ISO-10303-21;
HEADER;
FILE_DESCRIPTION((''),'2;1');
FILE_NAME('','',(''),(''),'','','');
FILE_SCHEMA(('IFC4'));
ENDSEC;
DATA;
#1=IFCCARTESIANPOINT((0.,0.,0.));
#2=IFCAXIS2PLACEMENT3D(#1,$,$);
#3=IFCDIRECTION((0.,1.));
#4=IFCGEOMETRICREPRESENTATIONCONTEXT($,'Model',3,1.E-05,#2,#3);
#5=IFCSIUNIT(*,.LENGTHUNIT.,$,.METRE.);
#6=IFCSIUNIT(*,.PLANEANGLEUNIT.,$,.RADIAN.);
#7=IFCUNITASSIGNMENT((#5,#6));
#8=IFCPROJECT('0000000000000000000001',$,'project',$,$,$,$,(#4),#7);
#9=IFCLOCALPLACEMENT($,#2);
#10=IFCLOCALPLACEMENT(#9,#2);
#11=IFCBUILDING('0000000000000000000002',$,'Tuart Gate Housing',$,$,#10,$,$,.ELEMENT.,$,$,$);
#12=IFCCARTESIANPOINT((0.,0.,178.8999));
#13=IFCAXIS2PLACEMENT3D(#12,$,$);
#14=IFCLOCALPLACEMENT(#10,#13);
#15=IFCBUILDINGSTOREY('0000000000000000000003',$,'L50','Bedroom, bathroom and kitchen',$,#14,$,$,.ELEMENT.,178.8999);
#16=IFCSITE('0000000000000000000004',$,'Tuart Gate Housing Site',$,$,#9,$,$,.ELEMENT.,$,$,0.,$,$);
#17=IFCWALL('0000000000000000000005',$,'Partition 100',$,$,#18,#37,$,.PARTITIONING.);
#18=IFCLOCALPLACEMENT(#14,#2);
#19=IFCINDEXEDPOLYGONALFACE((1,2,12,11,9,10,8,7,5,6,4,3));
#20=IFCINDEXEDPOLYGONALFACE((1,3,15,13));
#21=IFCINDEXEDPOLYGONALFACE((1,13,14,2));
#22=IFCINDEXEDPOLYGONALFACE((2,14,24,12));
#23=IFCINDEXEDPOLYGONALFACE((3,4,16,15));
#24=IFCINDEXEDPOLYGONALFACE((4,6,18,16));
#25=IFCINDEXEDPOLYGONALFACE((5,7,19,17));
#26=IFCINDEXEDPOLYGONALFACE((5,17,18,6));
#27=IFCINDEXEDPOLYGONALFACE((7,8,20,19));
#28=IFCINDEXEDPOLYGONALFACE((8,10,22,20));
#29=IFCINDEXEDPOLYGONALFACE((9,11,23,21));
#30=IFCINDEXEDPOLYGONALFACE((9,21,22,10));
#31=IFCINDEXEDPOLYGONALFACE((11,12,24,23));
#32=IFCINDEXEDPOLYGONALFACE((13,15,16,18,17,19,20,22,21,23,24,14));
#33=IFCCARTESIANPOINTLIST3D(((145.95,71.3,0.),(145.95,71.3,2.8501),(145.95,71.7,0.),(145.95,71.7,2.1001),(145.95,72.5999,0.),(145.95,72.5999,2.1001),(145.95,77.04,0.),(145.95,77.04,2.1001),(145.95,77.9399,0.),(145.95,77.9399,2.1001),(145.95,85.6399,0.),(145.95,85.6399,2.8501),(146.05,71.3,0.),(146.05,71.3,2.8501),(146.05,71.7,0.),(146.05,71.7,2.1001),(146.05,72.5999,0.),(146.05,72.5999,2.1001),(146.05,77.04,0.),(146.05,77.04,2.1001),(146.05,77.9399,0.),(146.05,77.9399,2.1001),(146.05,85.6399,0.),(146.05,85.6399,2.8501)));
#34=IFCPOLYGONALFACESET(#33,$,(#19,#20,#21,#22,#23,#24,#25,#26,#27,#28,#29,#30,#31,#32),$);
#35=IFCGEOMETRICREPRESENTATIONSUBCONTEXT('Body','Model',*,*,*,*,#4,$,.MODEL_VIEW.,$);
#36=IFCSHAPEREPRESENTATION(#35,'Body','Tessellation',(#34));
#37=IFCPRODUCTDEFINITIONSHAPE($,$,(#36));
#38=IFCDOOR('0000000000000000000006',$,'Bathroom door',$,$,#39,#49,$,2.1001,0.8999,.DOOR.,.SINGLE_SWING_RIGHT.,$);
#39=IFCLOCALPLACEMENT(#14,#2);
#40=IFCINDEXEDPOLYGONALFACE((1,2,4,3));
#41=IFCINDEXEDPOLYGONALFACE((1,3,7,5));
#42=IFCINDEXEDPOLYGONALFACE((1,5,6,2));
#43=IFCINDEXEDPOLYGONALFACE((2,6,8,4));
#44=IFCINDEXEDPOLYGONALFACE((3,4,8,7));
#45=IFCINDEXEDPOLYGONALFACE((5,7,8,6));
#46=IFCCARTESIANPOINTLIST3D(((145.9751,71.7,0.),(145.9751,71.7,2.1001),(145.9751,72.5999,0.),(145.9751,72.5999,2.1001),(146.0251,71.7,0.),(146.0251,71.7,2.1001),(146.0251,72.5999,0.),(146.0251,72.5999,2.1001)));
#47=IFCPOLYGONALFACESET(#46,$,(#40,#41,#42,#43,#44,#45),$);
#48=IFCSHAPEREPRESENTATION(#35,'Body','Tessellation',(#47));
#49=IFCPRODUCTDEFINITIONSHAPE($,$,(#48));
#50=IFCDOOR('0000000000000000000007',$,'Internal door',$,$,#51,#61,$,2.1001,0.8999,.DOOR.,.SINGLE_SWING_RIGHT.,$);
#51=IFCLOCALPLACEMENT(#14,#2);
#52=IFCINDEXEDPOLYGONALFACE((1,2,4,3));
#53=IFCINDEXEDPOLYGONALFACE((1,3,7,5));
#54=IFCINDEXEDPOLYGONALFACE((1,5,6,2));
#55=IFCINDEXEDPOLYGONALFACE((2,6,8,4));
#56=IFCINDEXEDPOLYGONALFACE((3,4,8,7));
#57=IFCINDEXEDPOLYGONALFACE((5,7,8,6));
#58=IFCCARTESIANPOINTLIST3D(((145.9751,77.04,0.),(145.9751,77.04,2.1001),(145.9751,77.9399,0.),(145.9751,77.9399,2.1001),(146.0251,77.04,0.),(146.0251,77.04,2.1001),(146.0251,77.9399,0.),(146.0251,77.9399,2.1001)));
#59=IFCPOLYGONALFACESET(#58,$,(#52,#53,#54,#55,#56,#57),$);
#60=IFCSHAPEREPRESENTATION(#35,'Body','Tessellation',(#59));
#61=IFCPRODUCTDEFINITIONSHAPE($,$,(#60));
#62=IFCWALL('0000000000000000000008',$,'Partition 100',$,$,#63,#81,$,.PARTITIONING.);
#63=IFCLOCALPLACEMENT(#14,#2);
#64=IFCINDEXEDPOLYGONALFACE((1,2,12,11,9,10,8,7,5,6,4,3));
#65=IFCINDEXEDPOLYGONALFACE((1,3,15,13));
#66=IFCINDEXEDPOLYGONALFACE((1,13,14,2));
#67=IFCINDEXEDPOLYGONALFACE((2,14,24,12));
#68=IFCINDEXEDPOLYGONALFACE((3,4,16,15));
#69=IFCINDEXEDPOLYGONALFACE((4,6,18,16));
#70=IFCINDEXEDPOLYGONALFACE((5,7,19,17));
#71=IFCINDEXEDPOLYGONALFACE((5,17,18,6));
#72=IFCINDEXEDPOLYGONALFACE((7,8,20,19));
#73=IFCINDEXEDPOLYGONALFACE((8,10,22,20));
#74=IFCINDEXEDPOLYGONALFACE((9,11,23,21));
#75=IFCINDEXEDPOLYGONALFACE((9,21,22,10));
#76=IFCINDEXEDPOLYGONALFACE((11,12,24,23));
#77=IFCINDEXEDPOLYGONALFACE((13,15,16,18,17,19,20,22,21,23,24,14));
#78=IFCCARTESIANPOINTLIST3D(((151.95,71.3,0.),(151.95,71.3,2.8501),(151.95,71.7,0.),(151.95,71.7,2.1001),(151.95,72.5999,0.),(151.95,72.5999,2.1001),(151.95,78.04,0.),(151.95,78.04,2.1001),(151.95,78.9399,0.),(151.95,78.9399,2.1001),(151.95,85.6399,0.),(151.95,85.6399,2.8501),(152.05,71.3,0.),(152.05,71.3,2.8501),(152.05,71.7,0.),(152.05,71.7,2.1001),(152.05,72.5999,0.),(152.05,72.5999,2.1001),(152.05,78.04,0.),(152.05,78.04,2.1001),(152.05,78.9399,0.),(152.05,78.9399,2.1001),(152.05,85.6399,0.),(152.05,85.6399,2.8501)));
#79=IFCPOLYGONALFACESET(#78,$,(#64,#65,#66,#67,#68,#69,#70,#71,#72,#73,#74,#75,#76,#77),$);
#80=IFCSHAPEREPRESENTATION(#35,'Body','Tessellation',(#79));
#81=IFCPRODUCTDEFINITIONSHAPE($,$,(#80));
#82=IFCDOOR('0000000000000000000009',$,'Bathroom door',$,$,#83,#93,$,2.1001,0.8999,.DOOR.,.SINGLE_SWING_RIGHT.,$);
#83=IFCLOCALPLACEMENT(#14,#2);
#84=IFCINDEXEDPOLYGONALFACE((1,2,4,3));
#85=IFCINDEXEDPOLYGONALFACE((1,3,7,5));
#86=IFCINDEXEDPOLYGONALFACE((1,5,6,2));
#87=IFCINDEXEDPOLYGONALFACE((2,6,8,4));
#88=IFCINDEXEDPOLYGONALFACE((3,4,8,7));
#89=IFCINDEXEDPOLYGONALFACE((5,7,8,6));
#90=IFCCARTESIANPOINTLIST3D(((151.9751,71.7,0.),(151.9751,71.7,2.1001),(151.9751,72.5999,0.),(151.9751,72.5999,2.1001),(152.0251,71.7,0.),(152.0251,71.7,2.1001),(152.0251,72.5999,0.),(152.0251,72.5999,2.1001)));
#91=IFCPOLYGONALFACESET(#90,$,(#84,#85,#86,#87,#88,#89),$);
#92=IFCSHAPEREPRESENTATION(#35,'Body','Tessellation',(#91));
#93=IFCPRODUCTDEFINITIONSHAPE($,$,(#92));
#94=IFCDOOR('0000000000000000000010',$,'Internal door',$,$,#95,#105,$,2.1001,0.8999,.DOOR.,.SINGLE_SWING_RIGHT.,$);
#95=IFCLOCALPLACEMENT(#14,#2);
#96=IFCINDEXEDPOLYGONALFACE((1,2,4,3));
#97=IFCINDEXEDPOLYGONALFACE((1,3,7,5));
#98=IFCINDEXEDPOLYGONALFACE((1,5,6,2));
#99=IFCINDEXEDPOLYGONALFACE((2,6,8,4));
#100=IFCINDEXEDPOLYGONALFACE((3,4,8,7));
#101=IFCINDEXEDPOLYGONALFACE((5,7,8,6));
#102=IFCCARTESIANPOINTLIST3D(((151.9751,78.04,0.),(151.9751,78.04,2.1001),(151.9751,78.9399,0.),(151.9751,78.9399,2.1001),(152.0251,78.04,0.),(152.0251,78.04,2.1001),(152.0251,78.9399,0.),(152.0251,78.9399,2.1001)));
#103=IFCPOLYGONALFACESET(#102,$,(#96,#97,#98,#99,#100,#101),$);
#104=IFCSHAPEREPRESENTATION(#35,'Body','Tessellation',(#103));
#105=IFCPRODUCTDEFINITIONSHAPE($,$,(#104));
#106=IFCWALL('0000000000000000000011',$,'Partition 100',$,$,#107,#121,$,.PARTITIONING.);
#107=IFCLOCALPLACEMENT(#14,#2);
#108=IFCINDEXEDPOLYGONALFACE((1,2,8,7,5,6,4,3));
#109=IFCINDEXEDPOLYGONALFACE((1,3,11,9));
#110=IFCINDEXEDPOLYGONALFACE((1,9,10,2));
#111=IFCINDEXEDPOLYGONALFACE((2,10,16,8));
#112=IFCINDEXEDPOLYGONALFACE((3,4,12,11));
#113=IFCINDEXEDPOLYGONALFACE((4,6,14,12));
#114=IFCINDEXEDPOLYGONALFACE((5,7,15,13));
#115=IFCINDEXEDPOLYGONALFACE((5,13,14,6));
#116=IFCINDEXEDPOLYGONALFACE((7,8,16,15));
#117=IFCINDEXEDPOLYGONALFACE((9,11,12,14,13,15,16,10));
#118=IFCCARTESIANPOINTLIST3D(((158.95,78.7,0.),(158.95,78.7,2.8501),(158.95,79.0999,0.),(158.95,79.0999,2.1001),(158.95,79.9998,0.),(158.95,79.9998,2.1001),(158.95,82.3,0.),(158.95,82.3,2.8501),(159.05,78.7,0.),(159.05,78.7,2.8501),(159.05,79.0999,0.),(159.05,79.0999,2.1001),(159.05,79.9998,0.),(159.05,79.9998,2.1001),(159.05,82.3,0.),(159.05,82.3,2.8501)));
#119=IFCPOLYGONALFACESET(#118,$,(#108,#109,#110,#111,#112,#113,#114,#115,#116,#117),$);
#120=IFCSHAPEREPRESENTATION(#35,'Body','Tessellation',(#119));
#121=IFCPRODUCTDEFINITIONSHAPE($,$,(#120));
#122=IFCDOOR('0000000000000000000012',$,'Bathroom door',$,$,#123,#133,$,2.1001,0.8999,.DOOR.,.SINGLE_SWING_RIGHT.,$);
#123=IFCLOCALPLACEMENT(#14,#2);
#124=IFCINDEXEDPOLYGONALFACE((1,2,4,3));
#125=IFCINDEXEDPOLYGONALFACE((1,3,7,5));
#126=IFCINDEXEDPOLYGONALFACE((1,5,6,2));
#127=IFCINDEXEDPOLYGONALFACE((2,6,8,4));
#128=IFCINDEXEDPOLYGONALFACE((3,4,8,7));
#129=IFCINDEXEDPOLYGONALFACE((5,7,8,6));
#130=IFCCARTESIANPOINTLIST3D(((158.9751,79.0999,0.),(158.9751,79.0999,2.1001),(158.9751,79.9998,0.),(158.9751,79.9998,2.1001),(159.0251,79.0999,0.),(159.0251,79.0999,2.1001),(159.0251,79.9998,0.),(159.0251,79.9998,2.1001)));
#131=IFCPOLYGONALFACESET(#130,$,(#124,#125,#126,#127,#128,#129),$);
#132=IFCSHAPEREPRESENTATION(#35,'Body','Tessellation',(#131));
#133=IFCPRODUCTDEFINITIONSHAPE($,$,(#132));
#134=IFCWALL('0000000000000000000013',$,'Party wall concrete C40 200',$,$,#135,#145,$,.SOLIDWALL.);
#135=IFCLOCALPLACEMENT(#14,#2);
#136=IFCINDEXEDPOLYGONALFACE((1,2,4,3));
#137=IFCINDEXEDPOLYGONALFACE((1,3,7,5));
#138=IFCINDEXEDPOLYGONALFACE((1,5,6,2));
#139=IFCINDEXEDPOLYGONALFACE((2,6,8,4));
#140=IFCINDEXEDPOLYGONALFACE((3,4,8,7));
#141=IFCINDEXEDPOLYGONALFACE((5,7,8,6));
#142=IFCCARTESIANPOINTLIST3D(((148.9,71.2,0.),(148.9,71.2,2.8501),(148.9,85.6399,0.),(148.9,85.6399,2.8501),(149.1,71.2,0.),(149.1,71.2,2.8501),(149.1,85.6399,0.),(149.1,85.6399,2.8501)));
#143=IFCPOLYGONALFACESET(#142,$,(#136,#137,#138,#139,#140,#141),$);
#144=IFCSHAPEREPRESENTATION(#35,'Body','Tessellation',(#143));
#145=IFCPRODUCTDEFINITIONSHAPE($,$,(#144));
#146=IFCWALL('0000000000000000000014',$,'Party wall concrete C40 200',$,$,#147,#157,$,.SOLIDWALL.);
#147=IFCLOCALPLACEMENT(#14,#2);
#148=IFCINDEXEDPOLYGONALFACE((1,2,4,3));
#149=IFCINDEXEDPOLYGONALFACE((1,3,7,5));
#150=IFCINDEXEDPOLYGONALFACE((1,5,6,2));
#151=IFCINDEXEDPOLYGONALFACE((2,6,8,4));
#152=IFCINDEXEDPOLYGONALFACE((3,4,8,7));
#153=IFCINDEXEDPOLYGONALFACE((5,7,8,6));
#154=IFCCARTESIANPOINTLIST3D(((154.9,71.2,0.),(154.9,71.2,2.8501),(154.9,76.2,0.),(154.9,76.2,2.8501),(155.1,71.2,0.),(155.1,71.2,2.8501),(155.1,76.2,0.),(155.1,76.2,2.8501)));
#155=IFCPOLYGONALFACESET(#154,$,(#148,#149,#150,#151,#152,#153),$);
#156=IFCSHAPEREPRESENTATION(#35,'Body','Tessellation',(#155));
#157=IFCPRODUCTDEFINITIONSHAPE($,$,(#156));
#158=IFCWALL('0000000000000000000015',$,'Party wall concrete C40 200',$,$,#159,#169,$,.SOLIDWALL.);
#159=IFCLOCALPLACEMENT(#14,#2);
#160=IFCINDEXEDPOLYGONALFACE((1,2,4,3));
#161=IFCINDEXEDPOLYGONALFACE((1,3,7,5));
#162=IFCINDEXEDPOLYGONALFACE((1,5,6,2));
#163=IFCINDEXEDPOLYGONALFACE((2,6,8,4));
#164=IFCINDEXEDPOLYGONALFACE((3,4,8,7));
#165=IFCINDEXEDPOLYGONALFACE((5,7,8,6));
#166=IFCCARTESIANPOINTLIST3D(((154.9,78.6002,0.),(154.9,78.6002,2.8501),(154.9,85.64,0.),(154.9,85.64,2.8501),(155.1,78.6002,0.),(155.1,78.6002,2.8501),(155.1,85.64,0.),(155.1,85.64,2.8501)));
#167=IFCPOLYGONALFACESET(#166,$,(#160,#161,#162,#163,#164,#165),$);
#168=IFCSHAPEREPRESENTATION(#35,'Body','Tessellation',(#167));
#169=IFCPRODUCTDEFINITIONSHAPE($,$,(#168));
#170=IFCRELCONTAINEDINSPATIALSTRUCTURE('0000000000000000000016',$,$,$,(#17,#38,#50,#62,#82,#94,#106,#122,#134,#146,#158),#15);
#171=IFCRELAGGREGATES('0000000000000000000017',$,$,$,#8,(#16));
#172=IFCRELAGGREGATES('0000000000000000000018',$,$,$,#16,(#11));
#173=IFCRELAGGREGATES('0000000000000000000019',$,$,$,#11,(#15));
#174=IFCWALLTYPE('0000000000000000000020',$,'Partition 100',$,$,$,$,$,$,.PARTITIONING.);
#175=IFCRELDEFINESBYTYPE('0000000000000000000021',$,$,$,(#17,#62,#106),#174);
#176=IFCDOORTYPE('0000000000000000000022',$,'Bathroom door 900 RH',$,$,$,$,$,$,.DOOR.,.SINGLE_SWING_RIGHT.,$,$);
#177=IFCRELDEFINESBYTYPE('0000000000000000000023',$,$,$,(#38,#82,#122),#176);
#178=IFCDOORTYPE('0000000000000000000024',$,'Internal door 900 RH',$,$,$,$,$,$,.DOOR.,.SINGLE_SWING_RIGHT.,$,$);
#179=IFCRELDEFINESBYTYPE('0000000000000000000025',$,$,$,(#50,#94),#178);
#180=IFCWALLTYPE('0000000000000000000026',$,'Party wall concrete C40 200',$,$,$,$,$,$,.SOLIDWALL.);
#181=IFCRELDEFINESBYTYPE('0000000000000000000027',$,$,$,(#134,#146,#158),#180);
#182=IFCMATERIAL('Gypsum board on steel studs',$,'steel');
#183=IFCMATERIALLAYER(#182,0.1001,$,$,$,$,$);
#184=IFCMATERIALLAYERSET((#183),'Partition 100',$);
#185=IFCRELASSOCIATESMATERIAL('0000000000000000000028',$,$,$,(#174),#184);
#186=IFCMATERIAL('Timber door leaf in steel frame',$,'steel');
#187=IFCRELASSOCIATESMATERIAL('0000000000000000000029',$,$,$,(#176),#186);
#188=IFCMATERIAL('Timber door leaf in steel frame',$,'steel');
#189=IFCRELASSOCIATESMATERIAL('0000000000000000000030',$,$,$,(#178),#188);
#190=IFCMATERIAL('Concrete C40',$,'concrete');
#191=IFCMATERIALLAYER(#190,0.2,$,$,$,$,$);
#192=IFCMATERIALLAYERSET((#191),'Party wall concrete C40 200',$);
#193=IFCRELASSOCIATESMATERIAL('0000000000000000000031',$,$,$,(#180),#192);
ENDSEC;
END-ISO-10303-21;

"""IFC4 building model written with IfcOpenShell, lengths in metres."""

from ifc_helpers import new_model, si_unit, direction, frame, frame_2d, origin, place, context, subcontext, project, spatial, rectangle, extrude, material, layer, layer_set, type_object, element, fill, save


model = new_model("IFC4")

# Units and contexts
model_context = context("Model", 3, precision=1e-05, world=origin(), true_north=direction((0.0, 1.0)))
body_context = subcontext(model_context, "Body", "Model", "MODEL_VIEW")
ifc_project = project(units=[si_unit("LENGTHUNIT", "METRE"), si_unit("PLANEANGLEUNIT", "RADIAN")], contexts=[model_context])

# Site, building, storey
site_placement = place(None, origin())
site = spatial("IfcSite", under=ifc_project, at=site_placement, Name="Tuart Gate Housing Site", CompositionType="ELEMENT", RefElevation=0.0)
building_placement = place(site_placement, origin())
building = spatial("IfcBuilding", under=site, at=building_placement, Name="Tuart Gate Housing", CompositionType="ELEMENT")
storey_placement = place(building_placement, frame((0.0, 0.0, 178.8999)))
storey = spatial("IfcBuildingStorey", under=building, at=storey_placement, Name="L50", Description="Bedroom, bathroom and kitchen", CompositionType="ELEMENT", Elevation=178.8999)

# Shared definitions
ifc_material_1 = material(Name="Gypsum board on steel studs", Category="steel")
ifc_layer_1 = layer(ifc_material_1, 0.1001)
ifc_layer_set_1 = layer_set([ifc_layer_1], Name="Partition 100")
wall_type_1 = type_object("IfcWallType", Name="Partition 100", PredefinedType="PARTITIONING", material=ifc_layer_set_1)

# Walls, openings, doors
wall_1_placement = place(storey_placement, frame((146.0, 71.3, 0.0), z_axis=(0.0, 0.0, 1.0), x_axis=(0.0, 1.0, 0.0)))
wall_1 = element("IfcWall", 1, at=wall_1_placement, inside=storey, type_object=wall_type_1, Name="Partition 100", PredefinedType="PARTITIONING", context=body_context, shape_type="SweptSolid", body=[
    extrude(rectangle(XDim=14.3398, YDim=0.1001, at=frame_2d((7.1699, 0.0))), origin(), (0.0, 0.0, 1.0), 2.8501),
])
opening_1_placement = place(wall_1_placement, frame((5.74, 0.0, 0.0)))
opening_1 = element("IfcOpeningElement", 2, at=opening_1_placement, cuts=wall_1, PredefinedType="OPENING", context=body_context, shape_type="SweptSolid", body=[
    extrude(rectangle(XDim=0.8999, YDim=2.1001, at=frame_2d((0.45, 1.05))), frame((0.0, 0.0601, 0.0), z_axis=(0.0, -1.0, 0.0), x_axis=(1.0, 0.0, 0.0)), (0.0, 0.0, 1.0), 0.1201),
])
opening_2_placement = place(wall_1_placement, frame((0.3999, 0.0, 0.0)))
opening_2 = element("IfcOpeningElement", 3, at=opening_2_placement, cuts=wall_1, PredefinedType="OPENING", context=body_context, shape_type="SweptSolid", body=[
    extrude(rectangle(XDim=0.8999, YDim=2.1001, at=frame_2d((0.45, 1.05))), frame((0.0, 0.0601, 0.0), z_axis=(0.0, -1.0, 0.0), x_axis=(1.0, 0.0, 0.0)), (0.0, 0.0, 1.0), 0.1201),
])
ifc_material_2 = material(Name="Timber door leaf in steel frame", Category="steel")
door_type_1 = type_object("IfcDoorType", Name="Bathroom door 900 RH", OperationType="SINGLE_SWING_RIGHT", PredefinedType="DOOR", material=ifc_material_2)
door_1_placement = place(opening_2_placement, frame((0.8999, 0.0, 0.0), z_axis=(0.0, 0.0, 1.0), x_axis=(-1.0, 0.0, 0.0)))
door_1 = element("IfcDoor", 4, at=door_1_placement, inside=storey, type_object=door_type_1, Name="Bathroom door", OperationType="SINGLE_SWING_RIGHT", OverallHeight=2.1001, OverallWidth=0.8999, PredefinedType="DOOR", context=body_context, shape_type="SweptSolid", body=[
    extrude(rectangle(XDim=0.8999, YDim=2.1001, at=frame_2d((0.45, 1.05))), frame((0.0, 0.0251, 0.0), z_axis=(0.0, -1.0, 0.0), x_axis=(1.0, 0.0, 0.0)), (0.0, 0.0, 1.0), 0.05),
])
fill(opening_2, door_1)
ifc_material_3 = material(Name="Timber door leaf in steel frame", Category="steel")
door_type_2 = type_object("IfcDoorType", Name="Internal door 900 RH", OperationType="SINGLE_SWING_RIGHT", PredefinedType="DOOR", material=ifc_material_3)
door_2_placement = place(opening_1_placement, frame((0.8999, 0.0, 0.0), z_axis=(0.0, 0.0, 1.0), x_axis=(-1.0, 0.0, 0.0)))
door_2 = element("IfcDoor", 5, at=door_2_placement, inside=storey, type_object=door_type_2, Name="Internal door", OperationType="SINGLE_SWING_RIGHT", OverallHeight=2.1001, OverallWidth=0.8999, PredefinedType="DOOR", context=body_context, shape_type="SweptSolid", body=[
    extrude(rectangle(XDim=0.8999, YDim=2.1001, at=frame_2d((0.45, 1.05))), frame((0.0, 0.0251, 0.0), z_axis=(0.0, -1.0, 0.0), x_axis=(1.0, 0.0, 0.0)), (0.0, 0.0, 1.0), 0.05),
])
fill(opening_1, door_2)
wall_2_placement = place(storey_placement, frame((152.0, 71.3, 0.0), z_axis=(0.0, 0.0, 1.0), x_axis=(0.0, 1.0, 0.0)))
wall_2 = element("IfcWall", 6, at=wall_2_placement, inside=storey, type_object=wall_type_1, Name="Partition 100", PredefinedType="PARTITIONING", context=body_context, shape_type="SweptSolid", body=[
    extrude(rectangle(XDim=14.3398, YDim=0.1001, at=frame_2d((7.1699, 0.0))), origin(), (0.0, 0.0, 1.0), 2.8501),
])
opening_3_placement = place(wall_2_placement, frame((6.74, 0.0, 0.0)))
opening_3 = element("IfcOpeningElement", 7, at=opening_3_placement, cuts=wall_2, PredefinedType="OPENING", context=body_context, shape_type="SweptSolid", body=[
    extrude(rectangle(XDim=0.8999, YDim=2.1001, at=frame_2d((0.45, 1.05))), frame((0.0, 0.0601, 0.0), z_axis=(0.0, -1.0, 0.0), x_axis=(1.0, 0.0, 0.0)), (0.0, 0.0, 1.0), 0.1201),
])
opening_4_placement = place(wall_2_placement, frame((0.3999, 0.0, 0.0)))
opening_4 = element("IfcOpeningElement", 8, at=opening_4_placement, cuts=wall_2, PredefinedType="OPENING", context=body_context, shape_type="SweptSolid", body=[
    extrude(rectangle(XDim=0.8999, YDim=2.1001, at=frame_2d((0.45, 1.05))), frame((0.0, 0.0601, 0.0), z_axis=(0.0, -1.0, 0.0), x_axis=(1.0, 0.0, 0.0)), (0.0, 0.0, 1.0), 0.1201),
])
door_3_placement = place(opening_4_placement, frame((0.8999, 0.0, 0.0), z_axis=(0.0, 0.0, 1.0), x_axis=(-1.0, 0.0, 0.0)))
door_3 = element("IfcDoor", 9, at=door_3_placement, inside=storey, type_object=door_type_1, Name="Bathroom door", OperationType="SINGLE_SWING_RIGHT", OverallHeight=2.1001, OverallWidth=0.8999, PredefinedType="DOOR", context=body_context, shape_type="SweptSolid", body=[
    extrude(rectangle(XDim=0.8999, YDim=2.1001, at=frame_2d((0.45, 1.05))), frame((0.0, 0.0251, 0.0), z_axis=(0.0, -1.0, 0.0), x_axis=(1.0, 0.0, 0.0)), (0.0, 0.0, 1.0), 0.05),
])
fill(opening_4, door_3)
door_4_placement = place(opening_3_placement, frame((0.8999, 0.0, 0.0), z_axis=(0.0, 0.0, 1.0), x_axis=(-1.0, 0.0, 0.0)))
door_4 = element("IfcDoor", 10, at=door_4_placement, inside=storey, type_object=door_type_2, Name="Internal door", OperationType="SINGLE_SWING_RIGHT", OverallHeight=2.1001, OverallWidth=0.8999, PredefinedType="DOOR", context=body_context, shape_type="SweptSolid", body=[
    extrude(rectangle(XDim=0.8999, YDim=2.1001, at=frame_2d((0.45, 1.05))), frame((0.0, 0.0251, 0.0), z_axis=(0.0, -1.0, 0.0), x_axis=(1.0, 0.0, 0.0)), (0.0, 0.0, 1.0), 0.05),
])
fill(opening_3, door_4)

# Wall, opening, door
wall_3_placement = place(storey_placement, frame((159.0, 78.7, 0.0), z_axis=(0.0, 0.0, 1.0), x_axis=(0.0, 1.0, 0.0)))
wall_3 = element("IfcWall", 11, at=wall_3_placement, inside=storey, type_object=wall_type_1, Name="Partition 100", PredefinedType="PARTITIONING", context=body_context, shape_type="SweptSolid", body=[
    extrude(rectangle(XDim=3.6001, YDim=0.1001, at=frame_2d((1.8, 0.0))), origin(), (0.0, 0.0, 1.0), 2.8501),
])
opening_5_placement = place(wall_3_placement, frame((0.3999, 0.0, 0.0)))
opening_5 = element("IfcOpeningElement", 12, at=opening_5_placement, cuts=wall_3, PredefinedType="OPENING", context=body_context, shape_type="SweptSolid", body=[
    extrude(rectangle(XDim=0.8999, YDim=2.1001, at=frame_2d((0.45, 1.05))), frame((0.0, 0.0601, 0.0), z_axis=(0.0, -1.0, 0.0), x_axis=(1.0, 0.0, 0.0)), (0.0, 0.0, 1.0), 0.1201),
])
door_5_placement = place(opening_5_placement, frame((0.8999, 0.0, 0.0), z_axis=(0.0, 0.0, 1.0), x_axis=(-1.0, 0.0, 0.0)))
door_5 = element("IfcDoor", 13, at=door_5_placement, inside=storey, type_object=door_type_1, Name="Bathroom door", OperationType="SINGLE_SWING_RIGHT", OverallHeight=2.1001, OverallWidth=0.8999, PredefinedType="DOOR", context=body_context, shape_type="SweptSolid", body=[
    extrude(rectangle(XDim=0.8999, YDim=2.1001, at=frame_2d((0.45, 1.05))), frame((0.0, 0.0251, 0.0), z_axis=(0.0, -1.0, 0.0), x_axis=(1.0, 0.0, 0.0)), (0.0, 0.0, 1.0), 0.05),
])
fill(opening_5, door_5)

# Walls
ifc_material_4 = material(Name="Concrete C40", Category="concrete")
ifc_layer_2 = layer(ifc_material_4, 0.2)
ifc_layer_set_2 = layer_set([ifc_layer_2], Name="Party wall concrete C40 200")
wall_type_2 = type_object("IfcWallType", Name="Party wall concrete C40 200", PredefinedType="SOLIDWALL", material=ifc_layer_set_2)
wall_4_placement = place(storey_placement, frame((149.0, 71.2, 0.0), z_axis=(0.0, 0.0, 1.0), x_axis=(0.0, 1.0, 0.0)))
element("IfcWall", 14, at=wall_4_placement, inside=storey, type_object=wall_type_2, Name="Party wall concrete C40 200", PredefinedType="SOLIDWALL", context=body_context, shape_type="SweptSolid", body=[
    extrude(rectangle(XDim=14.4399, YDim=0.2, at=frame_2d((7.22, 0.0))), origin(), (0.0, 0.0, 1.0), 2.8501),
])
wall_5_placement = place(storey_placement, frame((155.0, 71.2, 0.0), z_axis=(0.0, 0.0, 1.0), x_axis=(0.0, 1.0, 0.0)))
element("IfcWall", 15, at=wall_5_placement, inside=storey, type_object=wall_type_2, Name="Party wall concrete C40 200", PredefinedType="SOLIDWALL", context=body_context, shape_type="SweptSolid", body=[
    extrude(rectangle(XDim=5.0, YDim=0.2, at=frame_2d((2.5, 0.0))), origin(), (0.0, 0.0, 1.0), 2.8501),
])
wall_6_placement = place(storey_placement, frame((155.0, 78.6001, 0.0), z_axis=(0.0, 0.0, 1.0), x_axis=(0.0, 1.0, 0.0)))
element("IfcWall", 16, at=wall_6_placement, inside=storey, type_object=wall_type_2, Name="Party wall concrete C40 200", PredefinedType="SOLIDWALL", context=body_context, shape_type="SweptSolid", body=[
    extrude(rectangle(XDim=7.0398, YDim=0.2, at=frame_2d((3.52, 0.0))), origin(), (0.0, 0.0, 1.0), 2.8501),
])

save(model, "model.ifc")
